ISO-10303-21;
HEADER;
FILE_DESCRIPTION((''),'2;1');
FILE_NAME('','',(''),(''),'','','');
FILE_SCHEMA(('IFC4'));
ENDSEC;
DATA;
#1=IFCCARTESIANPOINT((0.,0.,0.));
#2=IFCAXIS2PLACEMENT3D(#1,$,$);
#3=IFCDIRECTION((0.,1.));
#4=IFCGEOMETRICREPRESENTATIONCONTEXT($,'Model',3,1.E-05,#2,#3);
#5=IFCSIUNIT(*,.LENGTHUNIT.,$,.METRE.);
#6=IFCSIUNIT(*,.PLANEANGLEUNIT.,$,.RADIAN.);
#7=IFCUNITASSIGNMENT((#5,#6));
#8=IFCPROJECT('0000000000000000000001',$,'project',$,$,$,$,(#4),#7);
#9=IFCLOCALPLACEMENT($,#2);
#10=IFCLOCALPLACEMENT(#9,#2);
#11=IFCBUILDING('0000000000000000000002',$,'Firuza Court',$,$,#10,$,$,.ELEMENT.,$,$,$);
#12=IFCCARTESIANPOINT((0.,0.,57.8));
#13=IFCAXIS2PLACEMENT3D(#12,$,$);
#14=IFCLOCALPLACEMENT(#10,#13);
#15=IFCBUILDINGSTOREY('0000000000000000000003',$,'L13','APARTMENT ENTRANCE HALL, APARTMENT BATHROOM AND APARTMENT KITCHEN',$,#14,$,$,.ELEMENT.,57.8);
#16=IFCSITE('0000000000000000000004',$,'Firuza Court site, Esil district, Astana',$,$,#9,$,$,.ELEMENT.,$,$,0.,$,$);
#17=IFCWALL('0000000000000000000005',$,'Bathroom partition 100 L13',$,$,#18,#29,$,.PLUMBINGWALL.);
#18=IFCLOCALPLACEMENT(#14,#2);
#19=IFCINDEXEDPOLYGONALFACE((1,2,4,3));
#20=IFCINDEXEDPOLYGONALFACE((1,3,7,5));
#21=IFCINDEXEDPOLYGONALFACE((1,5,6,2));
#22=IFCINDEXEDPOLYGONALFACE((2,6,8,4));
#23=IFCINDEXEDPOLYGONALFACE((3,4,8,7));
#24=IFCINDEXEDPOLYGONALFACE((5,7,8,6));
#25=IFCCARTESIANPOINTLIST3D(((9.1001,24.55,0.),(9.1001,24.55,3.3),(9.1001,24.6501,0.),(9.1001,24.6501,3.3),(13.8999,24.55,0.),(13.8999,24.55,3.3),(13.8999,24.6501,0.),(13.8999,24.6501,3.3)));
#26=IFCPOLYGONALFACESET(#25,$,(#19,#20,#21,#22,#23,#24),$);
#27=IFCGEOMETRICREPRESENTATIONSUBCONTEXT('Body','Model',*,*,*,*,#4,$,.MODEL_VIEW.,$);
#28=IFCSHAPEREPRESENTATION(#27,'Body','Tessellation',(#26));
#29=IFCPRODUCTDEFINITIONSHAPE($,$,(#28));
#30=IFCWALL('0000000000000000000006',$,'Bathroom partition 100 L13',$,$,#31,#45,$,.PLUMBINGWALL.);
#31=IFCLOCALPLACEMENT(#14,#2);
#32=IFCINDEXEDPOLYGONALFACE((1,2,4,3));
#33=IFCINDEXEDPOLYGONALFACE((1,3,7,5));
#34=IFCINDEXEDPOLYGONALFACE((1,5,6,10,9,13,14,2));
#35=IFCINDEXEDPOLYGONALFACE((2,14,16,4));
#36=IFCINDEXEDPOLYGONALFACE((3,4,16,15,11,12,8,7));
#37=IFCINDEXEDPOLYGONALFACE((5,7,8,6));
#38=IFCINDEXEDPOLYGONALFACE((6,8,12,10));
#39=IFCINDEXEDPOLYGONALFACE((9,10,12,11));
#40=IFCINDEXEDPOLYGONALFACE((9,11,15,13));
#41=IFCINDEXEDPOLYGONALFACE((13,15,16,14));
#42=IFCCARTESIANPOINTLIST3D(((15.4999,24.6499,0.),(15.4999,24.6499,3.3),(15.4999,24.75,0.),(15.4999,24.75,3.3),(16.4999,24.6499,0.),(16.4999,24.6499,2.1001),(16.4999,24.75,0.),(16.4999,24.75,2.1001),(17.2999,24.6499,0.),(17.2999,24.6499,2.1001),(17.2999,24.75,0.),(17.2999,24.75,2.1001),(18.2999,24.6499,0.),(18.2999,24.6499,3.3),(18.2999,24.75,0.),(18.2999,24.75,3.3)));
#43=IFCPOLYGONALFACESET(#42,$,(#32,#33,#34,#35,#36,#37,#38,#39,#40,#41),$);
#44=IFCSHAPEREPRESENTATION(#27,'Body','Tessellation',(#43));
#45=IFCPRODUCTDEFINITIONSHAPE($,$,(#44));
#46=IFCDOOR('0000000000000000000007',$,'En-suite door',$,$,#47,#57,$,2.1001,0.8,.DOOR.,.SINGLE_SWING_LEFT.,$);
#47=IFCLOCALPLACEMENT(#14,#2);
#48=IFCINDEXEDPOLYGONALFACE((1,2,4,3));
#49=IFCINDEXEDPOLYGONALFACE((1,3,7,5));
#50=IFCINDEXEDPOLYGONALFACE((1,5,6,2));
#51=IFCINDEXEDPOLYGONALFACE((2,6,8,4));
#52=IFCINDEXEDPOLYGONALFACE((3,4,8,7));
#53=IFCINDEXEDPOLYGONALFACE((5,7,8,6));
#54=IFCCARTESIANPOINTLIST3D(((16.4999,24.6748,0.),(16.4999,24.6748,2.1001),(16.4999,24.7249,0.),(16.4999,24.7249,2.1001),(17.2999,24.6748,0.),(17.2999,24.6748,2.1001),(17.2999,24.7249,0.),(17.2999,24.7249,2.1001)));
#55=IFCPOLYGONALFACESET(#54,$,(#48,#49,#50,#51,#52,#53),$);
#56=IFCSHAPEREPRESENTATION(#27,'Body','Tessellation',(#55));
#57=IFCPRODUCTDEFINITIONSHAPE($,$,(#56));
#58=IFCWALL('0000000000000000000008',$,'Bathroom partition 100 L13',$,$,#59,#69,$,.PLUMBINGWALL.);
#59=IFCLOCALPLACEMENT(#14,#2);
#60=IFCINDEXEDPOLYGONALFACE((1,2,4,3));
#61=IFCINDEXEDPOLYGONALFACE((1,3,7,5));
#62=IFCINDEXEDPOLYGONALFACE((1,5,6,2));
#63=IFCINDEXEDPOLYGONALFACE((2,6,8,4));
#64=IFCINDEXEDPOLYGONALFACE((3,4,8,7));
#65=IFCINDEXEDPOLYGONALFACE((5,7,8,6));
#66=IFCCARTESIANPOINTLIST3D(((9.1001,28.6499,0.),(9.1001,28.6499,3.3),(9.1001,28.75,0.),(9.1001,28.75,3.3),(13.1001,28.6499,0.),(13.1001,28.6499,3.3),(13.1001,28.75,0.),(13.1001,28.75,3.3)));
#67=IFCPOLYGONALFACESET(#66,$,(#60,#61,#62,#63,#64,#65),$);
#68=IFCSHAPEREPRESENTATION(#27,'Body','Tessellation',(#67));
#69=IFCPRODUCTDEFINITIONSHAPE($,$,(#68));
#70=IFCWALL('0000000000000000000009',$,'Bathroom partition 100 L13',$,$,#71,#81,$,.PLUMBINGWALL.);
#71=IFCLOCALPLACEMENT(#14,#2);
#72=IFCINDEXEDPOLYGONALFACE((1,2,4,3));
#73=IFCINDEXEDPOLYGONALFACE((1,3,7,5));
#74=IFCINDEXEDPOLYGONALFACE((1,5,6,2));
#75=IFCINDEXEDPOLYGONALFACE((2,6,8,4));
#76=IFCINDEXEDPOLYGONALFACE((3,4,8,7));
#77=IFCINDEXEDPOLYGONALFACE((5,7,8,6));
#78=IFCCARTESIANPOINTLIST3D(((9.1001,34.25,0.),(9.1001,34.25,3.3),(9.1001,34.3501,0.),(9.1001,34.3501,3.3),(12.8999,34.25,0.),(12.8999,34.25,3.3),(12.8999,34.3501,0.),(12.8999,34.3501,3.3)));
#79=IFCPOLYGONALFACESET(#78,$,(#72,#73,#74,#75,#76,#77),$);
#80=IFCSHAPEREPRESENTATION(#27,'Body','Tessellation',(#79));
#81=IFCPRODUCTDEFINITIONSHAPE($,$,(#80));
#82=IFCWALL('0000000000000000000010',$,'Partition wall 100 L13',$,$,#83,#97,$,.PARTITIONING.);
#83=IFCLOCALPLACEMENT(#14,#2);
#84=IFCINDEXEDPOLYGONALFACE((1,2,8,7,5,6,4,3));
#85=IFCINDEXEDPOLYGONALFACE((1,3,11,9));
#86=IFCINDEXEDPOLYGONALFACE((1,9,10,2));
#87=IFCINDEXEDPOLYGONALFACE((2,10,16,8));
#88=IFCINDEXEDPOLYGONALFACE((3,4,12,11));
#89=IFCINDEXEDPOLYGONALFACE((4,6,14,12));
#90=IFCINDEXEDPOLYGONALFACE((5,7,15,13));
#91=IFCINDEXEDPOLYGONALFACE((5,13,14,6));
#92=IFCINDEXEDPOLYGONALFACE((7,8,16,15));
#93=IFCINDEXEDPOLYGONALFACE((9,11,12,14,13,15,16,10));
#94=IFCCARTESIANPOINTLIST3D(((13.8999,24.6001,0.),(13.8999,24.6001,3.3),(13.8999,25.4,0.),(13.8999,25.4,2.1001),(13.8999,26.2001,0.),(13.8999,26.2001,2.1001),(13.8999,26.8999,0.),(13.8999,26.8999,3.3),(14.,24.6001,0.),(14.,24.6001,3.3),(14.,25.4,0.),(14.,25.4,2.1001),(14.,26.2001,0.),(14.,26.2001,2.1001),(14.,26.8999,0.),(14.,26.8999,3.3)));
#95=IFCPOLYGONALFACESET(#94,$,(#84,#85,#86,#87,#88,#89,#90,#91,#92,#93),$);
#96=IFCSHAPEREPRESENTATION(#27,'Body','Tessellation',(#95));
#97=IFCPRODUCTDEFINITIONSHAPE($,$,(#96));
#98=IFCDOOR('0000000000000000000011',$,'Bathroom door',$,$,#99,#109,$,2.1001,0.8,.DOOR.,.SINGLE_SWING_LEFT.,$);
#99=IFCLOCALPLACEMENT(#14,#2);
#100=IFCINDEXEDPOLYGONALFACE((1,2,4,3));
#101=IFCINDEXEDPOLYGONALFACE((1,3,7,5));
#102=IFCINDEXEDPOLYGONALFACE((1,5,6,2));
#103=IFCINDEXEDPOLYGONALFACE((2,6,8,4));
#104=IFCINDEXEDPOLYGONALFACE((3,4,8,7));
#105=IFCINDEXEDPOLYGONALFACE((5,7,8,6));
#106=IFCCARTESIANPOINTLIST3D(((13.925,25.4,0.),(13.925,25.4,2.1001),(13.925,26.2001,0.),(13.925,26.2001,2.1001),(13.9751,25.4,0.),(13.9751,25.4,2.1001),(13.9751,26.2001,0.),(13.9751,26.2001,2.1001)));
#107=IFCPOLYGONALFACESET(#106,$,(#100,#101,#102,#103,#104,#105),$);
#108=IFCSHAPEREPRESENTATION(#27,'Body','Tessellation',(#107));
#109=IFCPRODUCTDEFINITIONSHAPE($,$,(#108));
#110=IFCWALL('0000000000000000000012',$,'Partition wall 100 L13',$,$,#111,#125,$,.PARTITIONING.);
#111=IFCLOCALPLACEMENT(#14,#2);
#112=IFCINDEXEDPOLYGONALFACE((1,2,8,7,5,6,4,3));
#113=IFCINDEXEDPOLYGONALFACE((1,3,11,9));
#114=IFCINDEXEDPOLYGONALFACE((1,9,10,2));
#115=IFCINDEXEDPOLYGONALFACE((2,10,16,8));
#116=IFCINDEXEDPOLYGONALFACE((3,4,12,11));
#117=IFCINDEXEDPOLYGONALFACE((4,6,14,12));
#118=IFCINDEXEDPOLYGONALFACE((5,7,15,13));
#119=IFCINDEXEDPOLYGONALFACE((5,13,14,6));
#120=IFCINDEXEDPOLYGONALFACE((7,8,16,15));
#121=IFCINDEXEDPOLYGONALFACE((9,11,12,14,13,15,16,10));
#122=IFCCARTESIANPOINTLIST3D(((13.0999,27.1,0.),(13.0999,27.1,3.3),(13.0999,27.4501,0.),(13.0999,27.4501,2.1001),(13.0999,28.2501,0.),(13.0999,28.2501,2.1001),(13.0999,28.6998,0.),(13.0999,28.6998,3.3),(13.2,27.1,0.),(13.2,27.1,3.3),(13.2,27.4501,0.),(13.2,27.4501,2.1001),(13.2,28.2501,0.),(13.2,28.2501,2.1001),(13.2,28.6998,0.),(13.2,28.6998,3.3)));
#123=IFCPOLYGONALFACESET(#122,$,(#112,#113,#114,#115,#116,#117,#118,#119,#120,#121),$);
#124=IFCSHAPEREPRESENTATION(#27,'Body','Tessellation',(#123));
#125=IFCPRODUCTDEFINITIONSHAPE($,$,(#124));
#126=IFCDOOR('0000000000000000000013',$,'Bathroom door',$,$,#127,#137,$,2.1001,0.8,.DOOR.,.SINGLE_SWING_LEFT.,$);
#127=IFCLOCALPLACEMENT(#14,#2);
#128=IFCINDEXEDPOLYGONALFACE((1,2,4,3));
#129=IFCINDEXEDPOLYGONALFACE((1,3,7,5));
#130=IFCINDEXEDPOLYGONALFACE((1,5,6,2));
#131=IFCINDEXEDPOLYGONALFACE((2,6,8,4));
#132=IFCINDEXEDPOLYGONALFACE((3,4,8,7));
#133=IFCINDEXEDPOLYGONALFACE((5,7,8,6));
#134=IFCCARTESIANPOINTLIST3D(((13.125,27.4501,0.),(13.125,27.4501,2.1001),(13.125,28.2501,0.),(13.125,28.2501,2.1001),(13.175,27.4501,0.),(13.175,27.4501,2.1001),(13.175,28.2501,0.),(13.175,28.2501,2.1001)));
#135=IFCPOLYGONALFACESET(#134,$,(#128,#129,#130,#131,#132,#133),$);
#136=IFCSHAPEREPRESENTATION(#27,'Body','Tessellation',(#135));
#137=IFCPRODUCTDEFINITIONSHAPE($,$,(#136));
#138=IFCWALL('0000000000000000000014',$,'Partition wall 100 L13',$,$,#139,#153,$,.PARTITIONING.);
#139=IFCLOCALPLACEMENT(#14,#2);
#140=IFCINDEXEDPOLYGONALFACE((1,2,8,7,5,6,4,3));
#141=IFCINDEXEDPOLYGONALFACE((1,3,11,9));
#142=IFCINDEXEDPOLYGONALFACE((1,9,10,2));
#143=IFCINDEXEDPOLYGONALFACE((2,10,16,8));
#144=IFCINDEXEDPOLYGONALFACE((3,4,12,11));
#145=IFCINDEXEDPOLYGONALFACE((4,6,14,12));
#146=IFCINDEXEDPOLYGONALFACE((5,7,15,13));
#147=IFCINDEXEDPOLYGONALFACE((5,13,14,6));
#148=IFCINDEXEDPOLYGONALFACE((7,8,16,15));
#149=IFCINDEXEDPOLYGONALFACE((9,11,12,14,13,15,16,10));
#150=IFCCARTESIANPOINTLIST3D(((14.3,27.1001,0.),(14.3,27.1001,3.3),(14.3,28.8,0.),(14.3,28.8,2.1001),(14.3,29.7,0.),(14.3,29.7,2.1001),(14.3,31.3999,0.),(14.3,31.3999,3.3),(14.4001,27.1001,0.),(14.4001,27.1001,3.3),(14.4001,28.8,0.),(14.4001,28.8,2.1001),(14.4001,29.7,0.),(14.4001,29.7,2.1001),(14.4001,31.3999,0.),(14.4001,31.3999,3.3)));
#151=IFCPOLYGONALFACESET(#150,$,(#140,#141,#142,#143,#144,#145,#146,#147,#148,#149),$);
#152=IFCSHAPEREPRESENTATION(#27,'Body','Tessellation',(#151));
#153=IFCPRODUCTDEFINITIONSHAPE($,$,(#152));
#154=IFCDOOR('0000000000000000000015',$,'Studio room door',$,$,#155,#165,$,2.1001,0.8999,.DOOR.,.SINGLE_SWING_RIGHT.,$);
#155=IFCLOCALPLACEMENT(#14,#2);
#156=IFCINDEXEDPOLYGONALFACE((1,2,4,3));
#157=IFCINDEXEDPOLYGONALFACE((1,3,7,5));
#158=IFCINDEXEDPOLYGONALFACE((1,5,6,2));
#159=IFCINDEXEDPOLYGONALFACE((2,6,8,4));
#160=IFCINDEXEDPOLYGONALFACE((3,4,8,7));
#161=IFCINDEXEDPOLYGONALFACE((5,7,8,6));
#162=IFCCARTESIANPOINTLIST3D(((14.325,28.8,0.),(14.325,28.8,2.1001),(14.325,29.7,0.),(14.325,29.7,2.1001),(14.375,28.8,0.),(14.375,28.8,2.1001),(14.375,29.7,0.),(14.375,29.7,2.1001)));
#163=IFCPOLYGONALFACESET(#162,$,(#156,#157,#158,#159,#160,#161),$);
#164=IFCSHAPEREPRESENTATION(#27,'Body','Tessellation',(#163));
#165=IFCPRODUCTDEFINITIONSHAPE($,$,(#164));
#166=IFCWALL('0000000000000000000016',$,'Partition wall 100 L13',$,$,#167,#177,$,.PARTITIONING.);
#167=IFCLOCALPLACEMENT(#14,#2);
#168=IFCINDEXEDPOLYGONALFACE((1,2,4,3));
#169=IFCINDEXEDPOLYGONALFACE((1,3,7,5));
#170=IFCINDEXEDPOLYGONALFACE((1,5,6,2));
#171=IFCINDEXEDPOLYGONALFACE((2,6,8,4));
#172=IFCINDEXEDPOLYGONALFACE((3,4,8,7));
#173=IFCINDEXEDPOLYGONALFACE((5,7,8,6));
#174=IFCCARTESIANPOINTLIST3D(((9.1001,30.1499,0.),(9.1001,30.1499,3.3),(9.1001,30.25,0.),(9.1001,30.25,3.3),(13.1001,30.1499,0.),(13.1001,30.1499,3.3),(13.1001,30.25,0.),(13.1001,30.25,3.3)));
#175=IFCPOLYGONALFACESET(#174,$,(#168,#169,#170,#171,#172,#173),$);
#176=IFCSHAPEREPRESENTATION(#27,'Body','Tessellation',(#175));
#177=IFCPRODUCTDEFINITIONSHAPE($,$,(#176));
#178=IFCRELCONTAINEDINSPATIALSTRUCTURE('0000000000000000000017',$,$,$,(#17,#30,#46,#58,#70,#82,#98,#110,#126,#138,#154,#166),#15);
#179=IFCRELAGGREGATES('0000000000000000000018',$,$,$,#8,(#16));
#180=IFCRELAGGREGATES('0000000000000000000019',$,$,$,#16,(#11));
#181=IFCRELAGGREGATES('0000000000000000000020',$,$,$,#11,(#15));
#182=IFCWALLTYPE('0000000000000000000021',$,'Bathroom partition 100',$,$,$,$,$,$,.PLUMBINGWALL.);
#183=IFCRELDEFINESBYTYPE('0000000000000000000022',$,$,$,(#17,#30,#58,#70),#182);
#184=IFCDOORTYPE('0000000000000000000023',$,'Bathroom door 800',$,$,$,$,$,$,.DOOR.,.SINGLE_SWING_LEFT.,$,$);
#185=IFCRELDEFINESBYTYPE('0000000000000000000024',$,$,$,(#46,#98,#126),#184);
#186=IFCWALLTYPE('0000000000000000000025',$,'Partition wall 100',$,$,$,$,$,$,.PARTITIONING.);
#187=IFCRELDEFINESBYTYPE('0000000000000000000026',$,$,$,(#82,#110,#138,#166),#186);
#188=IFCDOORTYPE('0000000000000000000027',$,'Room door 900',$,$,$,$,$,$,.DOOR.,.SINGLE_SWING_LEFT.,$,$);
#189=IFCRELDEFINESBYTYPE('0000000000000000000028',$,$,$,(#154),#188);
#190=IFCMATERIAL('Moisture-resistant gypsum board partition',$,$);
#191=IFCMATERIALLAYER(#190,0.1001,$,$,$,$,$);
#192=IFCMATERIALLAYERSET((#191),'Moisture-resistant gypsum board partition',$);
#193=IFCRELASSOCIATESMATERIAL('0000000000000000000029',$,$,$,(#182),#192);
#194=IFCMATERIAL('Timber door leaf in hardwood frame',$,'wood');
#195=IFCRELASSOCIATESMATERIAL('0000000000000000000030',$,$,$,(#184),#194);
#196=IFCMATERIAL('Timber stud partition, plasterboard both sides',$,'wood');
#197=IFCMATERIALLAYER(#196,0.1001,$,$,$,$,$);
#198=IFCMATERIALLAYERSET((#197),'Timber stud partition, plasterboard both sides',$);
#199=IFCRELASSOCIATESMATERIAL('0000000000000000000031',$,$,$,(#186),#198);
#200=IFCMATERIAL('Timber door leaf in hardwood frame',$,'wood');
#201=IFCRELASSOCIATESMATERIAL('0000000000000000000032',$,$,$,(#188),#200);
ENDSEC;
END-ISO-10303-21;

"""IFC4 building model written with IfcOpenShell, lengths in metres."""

from ifc_helpers import new_model, si_unit, direction, frame, frame_2d, origin, place, context, subcontext, project, spatial, rectangle, extrude, material, layer, layer_set, type_object, element, fill, save


model = new_model("IFC4")

# Units and contexts
model_context = context("Model", 3, precision=1e-05, world=origin(), true_north=direction((0.0, 1.0)))
body_context = subcontext(model_context, "Body", "Model", "MODEL_VIEW")
ifc_project = project(units=[si_unit("LENGTHUNIT", "METRE"), si_unit("PLANEANGLEUNIT", "RADIAN")], contexts=[model_context])

# Site, building, storey
site_placement = place(None, origin())
site = spatial("IfcSite", under=ifc_project, at=site_placement, Name="Firuza Court site, Esil district, Astana", CompositionType="ELEMENT", RefElevation=0.0)
building_placement = place(site_placement, origin())
building = spatial("IfcBuilding", under=site, at=building_placement, Name="Firuza Court", CompositionType="ELEMENT")
storey_placement = place(building_placement, frame((0.0, 0.0, 57.8)))
storey = spatial("IfcBuildingStorey", under=building, at=storey_placement, Name="L13", Description="APARTMENT ENTRANCE HALL, APARTMENT BATHROOM AND APARTMENT KITCHEN", CompositionType="ELEMENT", Elevation=57.8)

# Wall
ifc_material_1 = material(Name="Moisture-resistant gypsum board partition")
ifc_layer_1 = layer(ifc_material_1, 0.1001)
ifc_layer_set_1 = layer_set([ifc_layer_1], Name="Moisture-resistant gypsum board partition")
wall_type_1 = type_object("IfcWallType", Name="Bathroom partition 100", PredefinedType="PLUMBINGWALL", material=ifc_layer_set_1)
wall_1_placement = place(storey_placement, frame((9.1001, 24.6001, 0.0), z_axis=(0.0, 0.0, 1.0), x_axis=(1.0, 0.0, 0.0)))
element("IfcWall", 1, at=wall_1_placement, inside=storey, type_object=wall_type_1, Name="Bathroom partition 100 L13", PredefinedType="PLUMBINGWALL", context=body_context, shape_type="SweptSolid", body=[
    extrude(rectangle(XDim=4.7998, YDim=0.1001, at=frame_2d((2.3999, 0.0))), origin(), (0.0, 0.0, 1.0), 3.3),
])

# Wall, opening, door
wall_2_placement = place(storey_placement, frame((15.5, 24.7, 0.0), z_axis=(0.0, 0.0, 1.0), x_axis=(1.0, 0.0, 0.0)))
wall_2 = element("IfcWall", 2, at=wall_2_placement, inside=storey, type_object=wall_type_1, Name="Bathroom partition 100 L13", PredefinedType="PLUMBINGWALL", context=body_context, shape_type="SweptSolid", body=[
    extrude(rectangle(XDim=2.8, YDim=0.1001, at=frame_2d((1.3999, 0.0))), origin(), (0.0, 0.0, 1.0), 3.3),
])
opening_1_placement = place(wall_2_placement, frame((1.0, 0.0, 0.0)))
opening_1 = element("IfcOpeningElement", 3, at=opening_1_placement, cuts=wall_2, PredefinedType="OPENING", context=body_context, shape_type="SweptSolid", body=[
    extrude(rectangle(XDim=0.8, YDim=2.1001, at=frame_2d((0.3999, 1.05))), frame((0.0, 0.062, 0.0), z_axis=(0.0, -1.0, 0.0), x_axis=(1.0, 0.0, 0.0)), (0.0, 0.0, 1.0), 0.124),
])
ifc_material_2 = material(Name="Timber door leaf in hardwood frame", Category="wood")
door_type_1 = type_object("IfcDoorType", Name="Bathroom door 800", OperationType="SINGLE_SWING_LEFT", PredefinedType="DOOR", material=ifc_material_2)
door_1_placement = place(opening_1_placement, origin())
door_1 = element("IfcDoor", 4, at=door_1_placement, inside=storey, type_object=door_type_1, Name="En-suite door", OperationType="SINGLE_SWING_LEFT", OverallHeight=2.1001, OverallWidth=0.8, PredefinedType="DOOR", context=body_context, shape_type="SweptSolid", body=[
    extrude(rectangle(XDim=0.8, YDim=2.1001, at=frame_2d((0.3999, 1.05))), frame((0.0, 0.0249, 0.0), z_axis=(0.0, -1.0, 0.0), x_axis=(1.0, 0.0, 0.0)), (0.0, 0.0, 1.0), 0.05),
])
fill(opening_1, door_1)

# Walls
wall_3_placement = place(storey_placement, frame((9.1001, 28.7, 0.0), z_axis=(0.0, 0.0, 1.0), x_axis=(1.0, 0.0, 0.0)))
element("IfcWall", 5, at=wall_3_placement, inside=storey, type_object=wall_type_1, Name="Bathroom partition 100 L13", PredefinedType="PLUMBINGWALL", context=body_context, shape_type="SweptSolid", body=[
    extrude(rectangle(XDim=4.0, YDim=0.1001, at=frame_2d((2.0, 0.0))), origin(), (0.0, 0.0, 1.0), 3.3),
])
wall_4_placement = place(storey_placement, frame((9.1001, 34.3, 0.0), z_axis=(0.0, 0.0, 1.0), x_axis=(1.0, 0.0, 0.0)))
element("IfcWall", 6, at=wall_4_placement, inside=storey, type_object=wall_type_1, Name="Bathroom partition 100 L13", PredefinedType="PLUMBINGWALL", context=body_context, shape_type="SweptSolid", body=[
    extrude(rectangle(XDim=3.7998, YDim=0.1001, at=frame_2d((1.8999, 0.0))), origin(), (0.0, 0.0, 1.0), 3.3),
])

# Walls, openings, doors
ifc_material_3 = material(Name="Timber stud partition, plasterboard both sides", Category="wood")
ifc_layer_2 = layer(ifc_material_3, 0.1001)
ifc_layer_set_2 = layer_set([ifc_layer_2], Name="Timber stud partition, plasterboard both sides")
wall_type_2 = type_object("IfcWallType", Name="Partition wall 100", PredefinedType="PARTITIONING", material=ifc_layer_set_2)
wall_5_placement = place(storey_placement, frame((13.95, 24.6001, 0.0), z_axis=(0.0, 0.0, 1.0), x_axis=(0.0, 1.0, 0.0)))
wall_5 = element("IfcWall", 7, at=wall_5_placement, inside=storey, type_object=wall_type_2, Name="Partition wall 100 L13", PredefinedType="PARTITIONING", context=body_context, shape_type="SweptSolid", body=[
    extrude(rectangle(XDim=2.2998, YDim=0.1001, at=frame_2d((1.1499, 0.0))), origin(), (0.0, 0.0, 1.0), 3.3),
])
opening_2_placement = place(wall_5_placement, frame((0.8, 0.0, 0.0)))
opening_2 = element("IfcOpeningElement", 8, at=opening_2_placement, cuts=wall_5, PredefinedType="OPENING", context=body_context, shape_type="SweptSolid", body=[
    extrude(rectangle(XDim=0.8, YDim=2.1001, at=frame_2d((0.3999, 1.05))), frame((0.0, 0.062, 0.0), z_axis=(0.0, -1.0, 0.0), x_axis=(1.0, 0.0, 0.0)), (0.0, 0.0, 1.0), 0.124),
])
door_2_placement = place(opening_2_placement, origin())
door_2 = element("IfcDoor", 9, at=door_2_placement, inside=storey, type_object=door_type_1, Name="Bathroom door", OperationType="SINGLE_SWING_LEFT", OverallHeight=2.1001, OverallWidth=0.8, PredefinedType="DOOR", context=body_context, shape_type="SweptSolid", body=[
    extrude(rectangle(XDim=0.8, YDim=2.1001, at=frame_2d((0.3999, 1.05))), frame((0.0, 0.0249, 0.0), z_axis=(0.0, -1.0, 0.0), x_axis=(1.0, 0.0, 0.0)), (0.0, 0.0, 1.0), 0.05),
])
fill(opening_2, door_2)
wall_6_placement = place(storey_placement, frame((13.1499, 27.1001, 0.0), z_axis=(0.0, 0.0, 1.0), x_axis=(0.0, 1.0, 0.0)))
wall_6 = element("IfcWall", 10, at=wall_6_placement, inside=storey, type_object=wall_type_2, Name="Partition wall 100 L13", PredefinedType="PARTITIONING", context=body_context, shape_type="SweptSolid", body=[
    extrude(rectangle(XDim=1.5999, YDim=0.1001, at=frame_2d((0.7998, 0.0))), origin(), (0.0, 0.0, 1.0), 3.3),
])
opening_3_placement = place(wall_6_placement, frame((0.3501, 0.0, 0.0)))
opening_3 = element("IfcOpeningElement", 11, at=opening_3_placement, cuts=wall_6, PredefinedType="OPENING", context=body_context, shape_type="SweptSolid", body=[
    extrude(rectangle(XDim=0.8, YDim=2.1001, at=frame_2d((0.3999, 1.05))), frame((0.0, 0.062, 0.0), z_axis=(0.0, -1.0, 0.0), x_axis=(1.0, 0.0, 0.0)), (0.0, 0.0, 1.0), 0.124),
])
door_3_placement = place(opening_3_placement, origin())
door_3 = element("IfcDoor", 12, at=door_3_placement, inside=storey, type_object=door_type_1, Name="Bathroom door", OperationType="SINGLE_SWING_LEFT", OverallHeight=2.1001, OverallWidth=0.8, PredefinedType="DOOR", context=body_context, shape_type="SweptSolid", body=[
    extrude(rectangle(XDim=0.8, YDim=2.1001, at=frame_2d((0.3999, 1.05))), frame((0.0, 0.0249, 0.0), z_axis=(0.0, -1.0, 0.0), x_axis=(1.0, 0.0, 0.0)), (0.0, 0.0, 1.0), 0.05),
])
fill(opening_3, door_3)
wall_7_placement = place(storey_placement, frame((14.3501, 27.1001, 0.0), z_axis=(0.0, 0.0, 1.0), x_axis=(0.0, 1.0, 0.0)))
wall_7 = element("IfcWall", 13, at=wall_7_placement, inside=storey, type_object=wall_type_2, Name="Partition wall 100 L13", PredefinedType="PARTITIONING", context=body_context, shape_type="SweptSolid", body=[
    extrude(rectangle(XDim=4.2998, YDim=0.1001, at=frame_2d((2.1499, 0.0))), origin(), (0.0, 0.0, 1.0), 3.3),
])
opening_4_placement = place(wall_7_placement, frame((1.7, 0.0, 0.0)))
opening_4 = element("IfcOpeningElement", 14, at=opening_4_placement, cuts=wall_7, PredefinedType="OPENING", context=body_context, shape_type="SweptSolid", body=[
    extrude(rectangle(XDim=0.8999, YDim=2.1001, at=frame_2d((0.45, 1.05))), frame((0.0, 0.062, 0.0), z_axis=(0.0, -1.0, 0.0), x_axis=(1.0, 0.0, 0.0)), (0.0, 0.0, 1.0), 0.124),
])
ifc_material_4 = material(Name="Timber door leaf in hardwood frame", Category="wood")
door_type_2 = type_object("IfcDoorType", Name="Room door 900", OperationType="SINGLE_SWING_LEFT", PredefinedType="DOOR", material=ifc_material_4)
door_4_placement = place(opening_4_placement, frame((0.8999, 0.0, 0.0), z_axis=(0.0, 0.0, 1.0), x_axis=(-1.0, 0.0, 0.0)))
door_4 = element("IfcDoor", 15, at=door_4_placement, inside=storey, type_object=door_type_2, Name="Studio room door", OperationType="SINGLE_SWING_RIGHT", OverallHeight=2.1001, OverallWidth=0.8999, PredefinedType="DOOR", context=body_context, shape_type="SweptSolid", body=[
    extrude(rectangle(XDim=0.8999, YDim=2.1001, at=frame_2d((0.45, 1.05))), frame((0.0, 0.0249, 0.0), z_axis=(0.0, -1.0, 0.0), x_axis=(1.0, 0.0, 0.0)), (0.0, 0.0, 1.0), 0.05),
])
fill(opening_4, door_4)

# Wall
wall_8_placement = place(storey_placement, frame((9.1001, 30.2, 0.0), z_axis=(0.0, 0.0, 1.0), x_axis=(1.0, 0.0, 0.0)))
element("IfcWall", 16, at=wall_8_placement, inside=storey, type_object=wall_type_2, Name="Partition wall 100 L13", PredefinedType="PARTITIONING", context=body_context, shape_type="SweptSolid", body=[
    extrude(rectangle(XDim=4.0, YDim=0.1001, at=frame_2d((2.0, 0.0))), origin(), (0.0, 0.0, 1.0), 3.3),
])

save(model, "model.ifc")
